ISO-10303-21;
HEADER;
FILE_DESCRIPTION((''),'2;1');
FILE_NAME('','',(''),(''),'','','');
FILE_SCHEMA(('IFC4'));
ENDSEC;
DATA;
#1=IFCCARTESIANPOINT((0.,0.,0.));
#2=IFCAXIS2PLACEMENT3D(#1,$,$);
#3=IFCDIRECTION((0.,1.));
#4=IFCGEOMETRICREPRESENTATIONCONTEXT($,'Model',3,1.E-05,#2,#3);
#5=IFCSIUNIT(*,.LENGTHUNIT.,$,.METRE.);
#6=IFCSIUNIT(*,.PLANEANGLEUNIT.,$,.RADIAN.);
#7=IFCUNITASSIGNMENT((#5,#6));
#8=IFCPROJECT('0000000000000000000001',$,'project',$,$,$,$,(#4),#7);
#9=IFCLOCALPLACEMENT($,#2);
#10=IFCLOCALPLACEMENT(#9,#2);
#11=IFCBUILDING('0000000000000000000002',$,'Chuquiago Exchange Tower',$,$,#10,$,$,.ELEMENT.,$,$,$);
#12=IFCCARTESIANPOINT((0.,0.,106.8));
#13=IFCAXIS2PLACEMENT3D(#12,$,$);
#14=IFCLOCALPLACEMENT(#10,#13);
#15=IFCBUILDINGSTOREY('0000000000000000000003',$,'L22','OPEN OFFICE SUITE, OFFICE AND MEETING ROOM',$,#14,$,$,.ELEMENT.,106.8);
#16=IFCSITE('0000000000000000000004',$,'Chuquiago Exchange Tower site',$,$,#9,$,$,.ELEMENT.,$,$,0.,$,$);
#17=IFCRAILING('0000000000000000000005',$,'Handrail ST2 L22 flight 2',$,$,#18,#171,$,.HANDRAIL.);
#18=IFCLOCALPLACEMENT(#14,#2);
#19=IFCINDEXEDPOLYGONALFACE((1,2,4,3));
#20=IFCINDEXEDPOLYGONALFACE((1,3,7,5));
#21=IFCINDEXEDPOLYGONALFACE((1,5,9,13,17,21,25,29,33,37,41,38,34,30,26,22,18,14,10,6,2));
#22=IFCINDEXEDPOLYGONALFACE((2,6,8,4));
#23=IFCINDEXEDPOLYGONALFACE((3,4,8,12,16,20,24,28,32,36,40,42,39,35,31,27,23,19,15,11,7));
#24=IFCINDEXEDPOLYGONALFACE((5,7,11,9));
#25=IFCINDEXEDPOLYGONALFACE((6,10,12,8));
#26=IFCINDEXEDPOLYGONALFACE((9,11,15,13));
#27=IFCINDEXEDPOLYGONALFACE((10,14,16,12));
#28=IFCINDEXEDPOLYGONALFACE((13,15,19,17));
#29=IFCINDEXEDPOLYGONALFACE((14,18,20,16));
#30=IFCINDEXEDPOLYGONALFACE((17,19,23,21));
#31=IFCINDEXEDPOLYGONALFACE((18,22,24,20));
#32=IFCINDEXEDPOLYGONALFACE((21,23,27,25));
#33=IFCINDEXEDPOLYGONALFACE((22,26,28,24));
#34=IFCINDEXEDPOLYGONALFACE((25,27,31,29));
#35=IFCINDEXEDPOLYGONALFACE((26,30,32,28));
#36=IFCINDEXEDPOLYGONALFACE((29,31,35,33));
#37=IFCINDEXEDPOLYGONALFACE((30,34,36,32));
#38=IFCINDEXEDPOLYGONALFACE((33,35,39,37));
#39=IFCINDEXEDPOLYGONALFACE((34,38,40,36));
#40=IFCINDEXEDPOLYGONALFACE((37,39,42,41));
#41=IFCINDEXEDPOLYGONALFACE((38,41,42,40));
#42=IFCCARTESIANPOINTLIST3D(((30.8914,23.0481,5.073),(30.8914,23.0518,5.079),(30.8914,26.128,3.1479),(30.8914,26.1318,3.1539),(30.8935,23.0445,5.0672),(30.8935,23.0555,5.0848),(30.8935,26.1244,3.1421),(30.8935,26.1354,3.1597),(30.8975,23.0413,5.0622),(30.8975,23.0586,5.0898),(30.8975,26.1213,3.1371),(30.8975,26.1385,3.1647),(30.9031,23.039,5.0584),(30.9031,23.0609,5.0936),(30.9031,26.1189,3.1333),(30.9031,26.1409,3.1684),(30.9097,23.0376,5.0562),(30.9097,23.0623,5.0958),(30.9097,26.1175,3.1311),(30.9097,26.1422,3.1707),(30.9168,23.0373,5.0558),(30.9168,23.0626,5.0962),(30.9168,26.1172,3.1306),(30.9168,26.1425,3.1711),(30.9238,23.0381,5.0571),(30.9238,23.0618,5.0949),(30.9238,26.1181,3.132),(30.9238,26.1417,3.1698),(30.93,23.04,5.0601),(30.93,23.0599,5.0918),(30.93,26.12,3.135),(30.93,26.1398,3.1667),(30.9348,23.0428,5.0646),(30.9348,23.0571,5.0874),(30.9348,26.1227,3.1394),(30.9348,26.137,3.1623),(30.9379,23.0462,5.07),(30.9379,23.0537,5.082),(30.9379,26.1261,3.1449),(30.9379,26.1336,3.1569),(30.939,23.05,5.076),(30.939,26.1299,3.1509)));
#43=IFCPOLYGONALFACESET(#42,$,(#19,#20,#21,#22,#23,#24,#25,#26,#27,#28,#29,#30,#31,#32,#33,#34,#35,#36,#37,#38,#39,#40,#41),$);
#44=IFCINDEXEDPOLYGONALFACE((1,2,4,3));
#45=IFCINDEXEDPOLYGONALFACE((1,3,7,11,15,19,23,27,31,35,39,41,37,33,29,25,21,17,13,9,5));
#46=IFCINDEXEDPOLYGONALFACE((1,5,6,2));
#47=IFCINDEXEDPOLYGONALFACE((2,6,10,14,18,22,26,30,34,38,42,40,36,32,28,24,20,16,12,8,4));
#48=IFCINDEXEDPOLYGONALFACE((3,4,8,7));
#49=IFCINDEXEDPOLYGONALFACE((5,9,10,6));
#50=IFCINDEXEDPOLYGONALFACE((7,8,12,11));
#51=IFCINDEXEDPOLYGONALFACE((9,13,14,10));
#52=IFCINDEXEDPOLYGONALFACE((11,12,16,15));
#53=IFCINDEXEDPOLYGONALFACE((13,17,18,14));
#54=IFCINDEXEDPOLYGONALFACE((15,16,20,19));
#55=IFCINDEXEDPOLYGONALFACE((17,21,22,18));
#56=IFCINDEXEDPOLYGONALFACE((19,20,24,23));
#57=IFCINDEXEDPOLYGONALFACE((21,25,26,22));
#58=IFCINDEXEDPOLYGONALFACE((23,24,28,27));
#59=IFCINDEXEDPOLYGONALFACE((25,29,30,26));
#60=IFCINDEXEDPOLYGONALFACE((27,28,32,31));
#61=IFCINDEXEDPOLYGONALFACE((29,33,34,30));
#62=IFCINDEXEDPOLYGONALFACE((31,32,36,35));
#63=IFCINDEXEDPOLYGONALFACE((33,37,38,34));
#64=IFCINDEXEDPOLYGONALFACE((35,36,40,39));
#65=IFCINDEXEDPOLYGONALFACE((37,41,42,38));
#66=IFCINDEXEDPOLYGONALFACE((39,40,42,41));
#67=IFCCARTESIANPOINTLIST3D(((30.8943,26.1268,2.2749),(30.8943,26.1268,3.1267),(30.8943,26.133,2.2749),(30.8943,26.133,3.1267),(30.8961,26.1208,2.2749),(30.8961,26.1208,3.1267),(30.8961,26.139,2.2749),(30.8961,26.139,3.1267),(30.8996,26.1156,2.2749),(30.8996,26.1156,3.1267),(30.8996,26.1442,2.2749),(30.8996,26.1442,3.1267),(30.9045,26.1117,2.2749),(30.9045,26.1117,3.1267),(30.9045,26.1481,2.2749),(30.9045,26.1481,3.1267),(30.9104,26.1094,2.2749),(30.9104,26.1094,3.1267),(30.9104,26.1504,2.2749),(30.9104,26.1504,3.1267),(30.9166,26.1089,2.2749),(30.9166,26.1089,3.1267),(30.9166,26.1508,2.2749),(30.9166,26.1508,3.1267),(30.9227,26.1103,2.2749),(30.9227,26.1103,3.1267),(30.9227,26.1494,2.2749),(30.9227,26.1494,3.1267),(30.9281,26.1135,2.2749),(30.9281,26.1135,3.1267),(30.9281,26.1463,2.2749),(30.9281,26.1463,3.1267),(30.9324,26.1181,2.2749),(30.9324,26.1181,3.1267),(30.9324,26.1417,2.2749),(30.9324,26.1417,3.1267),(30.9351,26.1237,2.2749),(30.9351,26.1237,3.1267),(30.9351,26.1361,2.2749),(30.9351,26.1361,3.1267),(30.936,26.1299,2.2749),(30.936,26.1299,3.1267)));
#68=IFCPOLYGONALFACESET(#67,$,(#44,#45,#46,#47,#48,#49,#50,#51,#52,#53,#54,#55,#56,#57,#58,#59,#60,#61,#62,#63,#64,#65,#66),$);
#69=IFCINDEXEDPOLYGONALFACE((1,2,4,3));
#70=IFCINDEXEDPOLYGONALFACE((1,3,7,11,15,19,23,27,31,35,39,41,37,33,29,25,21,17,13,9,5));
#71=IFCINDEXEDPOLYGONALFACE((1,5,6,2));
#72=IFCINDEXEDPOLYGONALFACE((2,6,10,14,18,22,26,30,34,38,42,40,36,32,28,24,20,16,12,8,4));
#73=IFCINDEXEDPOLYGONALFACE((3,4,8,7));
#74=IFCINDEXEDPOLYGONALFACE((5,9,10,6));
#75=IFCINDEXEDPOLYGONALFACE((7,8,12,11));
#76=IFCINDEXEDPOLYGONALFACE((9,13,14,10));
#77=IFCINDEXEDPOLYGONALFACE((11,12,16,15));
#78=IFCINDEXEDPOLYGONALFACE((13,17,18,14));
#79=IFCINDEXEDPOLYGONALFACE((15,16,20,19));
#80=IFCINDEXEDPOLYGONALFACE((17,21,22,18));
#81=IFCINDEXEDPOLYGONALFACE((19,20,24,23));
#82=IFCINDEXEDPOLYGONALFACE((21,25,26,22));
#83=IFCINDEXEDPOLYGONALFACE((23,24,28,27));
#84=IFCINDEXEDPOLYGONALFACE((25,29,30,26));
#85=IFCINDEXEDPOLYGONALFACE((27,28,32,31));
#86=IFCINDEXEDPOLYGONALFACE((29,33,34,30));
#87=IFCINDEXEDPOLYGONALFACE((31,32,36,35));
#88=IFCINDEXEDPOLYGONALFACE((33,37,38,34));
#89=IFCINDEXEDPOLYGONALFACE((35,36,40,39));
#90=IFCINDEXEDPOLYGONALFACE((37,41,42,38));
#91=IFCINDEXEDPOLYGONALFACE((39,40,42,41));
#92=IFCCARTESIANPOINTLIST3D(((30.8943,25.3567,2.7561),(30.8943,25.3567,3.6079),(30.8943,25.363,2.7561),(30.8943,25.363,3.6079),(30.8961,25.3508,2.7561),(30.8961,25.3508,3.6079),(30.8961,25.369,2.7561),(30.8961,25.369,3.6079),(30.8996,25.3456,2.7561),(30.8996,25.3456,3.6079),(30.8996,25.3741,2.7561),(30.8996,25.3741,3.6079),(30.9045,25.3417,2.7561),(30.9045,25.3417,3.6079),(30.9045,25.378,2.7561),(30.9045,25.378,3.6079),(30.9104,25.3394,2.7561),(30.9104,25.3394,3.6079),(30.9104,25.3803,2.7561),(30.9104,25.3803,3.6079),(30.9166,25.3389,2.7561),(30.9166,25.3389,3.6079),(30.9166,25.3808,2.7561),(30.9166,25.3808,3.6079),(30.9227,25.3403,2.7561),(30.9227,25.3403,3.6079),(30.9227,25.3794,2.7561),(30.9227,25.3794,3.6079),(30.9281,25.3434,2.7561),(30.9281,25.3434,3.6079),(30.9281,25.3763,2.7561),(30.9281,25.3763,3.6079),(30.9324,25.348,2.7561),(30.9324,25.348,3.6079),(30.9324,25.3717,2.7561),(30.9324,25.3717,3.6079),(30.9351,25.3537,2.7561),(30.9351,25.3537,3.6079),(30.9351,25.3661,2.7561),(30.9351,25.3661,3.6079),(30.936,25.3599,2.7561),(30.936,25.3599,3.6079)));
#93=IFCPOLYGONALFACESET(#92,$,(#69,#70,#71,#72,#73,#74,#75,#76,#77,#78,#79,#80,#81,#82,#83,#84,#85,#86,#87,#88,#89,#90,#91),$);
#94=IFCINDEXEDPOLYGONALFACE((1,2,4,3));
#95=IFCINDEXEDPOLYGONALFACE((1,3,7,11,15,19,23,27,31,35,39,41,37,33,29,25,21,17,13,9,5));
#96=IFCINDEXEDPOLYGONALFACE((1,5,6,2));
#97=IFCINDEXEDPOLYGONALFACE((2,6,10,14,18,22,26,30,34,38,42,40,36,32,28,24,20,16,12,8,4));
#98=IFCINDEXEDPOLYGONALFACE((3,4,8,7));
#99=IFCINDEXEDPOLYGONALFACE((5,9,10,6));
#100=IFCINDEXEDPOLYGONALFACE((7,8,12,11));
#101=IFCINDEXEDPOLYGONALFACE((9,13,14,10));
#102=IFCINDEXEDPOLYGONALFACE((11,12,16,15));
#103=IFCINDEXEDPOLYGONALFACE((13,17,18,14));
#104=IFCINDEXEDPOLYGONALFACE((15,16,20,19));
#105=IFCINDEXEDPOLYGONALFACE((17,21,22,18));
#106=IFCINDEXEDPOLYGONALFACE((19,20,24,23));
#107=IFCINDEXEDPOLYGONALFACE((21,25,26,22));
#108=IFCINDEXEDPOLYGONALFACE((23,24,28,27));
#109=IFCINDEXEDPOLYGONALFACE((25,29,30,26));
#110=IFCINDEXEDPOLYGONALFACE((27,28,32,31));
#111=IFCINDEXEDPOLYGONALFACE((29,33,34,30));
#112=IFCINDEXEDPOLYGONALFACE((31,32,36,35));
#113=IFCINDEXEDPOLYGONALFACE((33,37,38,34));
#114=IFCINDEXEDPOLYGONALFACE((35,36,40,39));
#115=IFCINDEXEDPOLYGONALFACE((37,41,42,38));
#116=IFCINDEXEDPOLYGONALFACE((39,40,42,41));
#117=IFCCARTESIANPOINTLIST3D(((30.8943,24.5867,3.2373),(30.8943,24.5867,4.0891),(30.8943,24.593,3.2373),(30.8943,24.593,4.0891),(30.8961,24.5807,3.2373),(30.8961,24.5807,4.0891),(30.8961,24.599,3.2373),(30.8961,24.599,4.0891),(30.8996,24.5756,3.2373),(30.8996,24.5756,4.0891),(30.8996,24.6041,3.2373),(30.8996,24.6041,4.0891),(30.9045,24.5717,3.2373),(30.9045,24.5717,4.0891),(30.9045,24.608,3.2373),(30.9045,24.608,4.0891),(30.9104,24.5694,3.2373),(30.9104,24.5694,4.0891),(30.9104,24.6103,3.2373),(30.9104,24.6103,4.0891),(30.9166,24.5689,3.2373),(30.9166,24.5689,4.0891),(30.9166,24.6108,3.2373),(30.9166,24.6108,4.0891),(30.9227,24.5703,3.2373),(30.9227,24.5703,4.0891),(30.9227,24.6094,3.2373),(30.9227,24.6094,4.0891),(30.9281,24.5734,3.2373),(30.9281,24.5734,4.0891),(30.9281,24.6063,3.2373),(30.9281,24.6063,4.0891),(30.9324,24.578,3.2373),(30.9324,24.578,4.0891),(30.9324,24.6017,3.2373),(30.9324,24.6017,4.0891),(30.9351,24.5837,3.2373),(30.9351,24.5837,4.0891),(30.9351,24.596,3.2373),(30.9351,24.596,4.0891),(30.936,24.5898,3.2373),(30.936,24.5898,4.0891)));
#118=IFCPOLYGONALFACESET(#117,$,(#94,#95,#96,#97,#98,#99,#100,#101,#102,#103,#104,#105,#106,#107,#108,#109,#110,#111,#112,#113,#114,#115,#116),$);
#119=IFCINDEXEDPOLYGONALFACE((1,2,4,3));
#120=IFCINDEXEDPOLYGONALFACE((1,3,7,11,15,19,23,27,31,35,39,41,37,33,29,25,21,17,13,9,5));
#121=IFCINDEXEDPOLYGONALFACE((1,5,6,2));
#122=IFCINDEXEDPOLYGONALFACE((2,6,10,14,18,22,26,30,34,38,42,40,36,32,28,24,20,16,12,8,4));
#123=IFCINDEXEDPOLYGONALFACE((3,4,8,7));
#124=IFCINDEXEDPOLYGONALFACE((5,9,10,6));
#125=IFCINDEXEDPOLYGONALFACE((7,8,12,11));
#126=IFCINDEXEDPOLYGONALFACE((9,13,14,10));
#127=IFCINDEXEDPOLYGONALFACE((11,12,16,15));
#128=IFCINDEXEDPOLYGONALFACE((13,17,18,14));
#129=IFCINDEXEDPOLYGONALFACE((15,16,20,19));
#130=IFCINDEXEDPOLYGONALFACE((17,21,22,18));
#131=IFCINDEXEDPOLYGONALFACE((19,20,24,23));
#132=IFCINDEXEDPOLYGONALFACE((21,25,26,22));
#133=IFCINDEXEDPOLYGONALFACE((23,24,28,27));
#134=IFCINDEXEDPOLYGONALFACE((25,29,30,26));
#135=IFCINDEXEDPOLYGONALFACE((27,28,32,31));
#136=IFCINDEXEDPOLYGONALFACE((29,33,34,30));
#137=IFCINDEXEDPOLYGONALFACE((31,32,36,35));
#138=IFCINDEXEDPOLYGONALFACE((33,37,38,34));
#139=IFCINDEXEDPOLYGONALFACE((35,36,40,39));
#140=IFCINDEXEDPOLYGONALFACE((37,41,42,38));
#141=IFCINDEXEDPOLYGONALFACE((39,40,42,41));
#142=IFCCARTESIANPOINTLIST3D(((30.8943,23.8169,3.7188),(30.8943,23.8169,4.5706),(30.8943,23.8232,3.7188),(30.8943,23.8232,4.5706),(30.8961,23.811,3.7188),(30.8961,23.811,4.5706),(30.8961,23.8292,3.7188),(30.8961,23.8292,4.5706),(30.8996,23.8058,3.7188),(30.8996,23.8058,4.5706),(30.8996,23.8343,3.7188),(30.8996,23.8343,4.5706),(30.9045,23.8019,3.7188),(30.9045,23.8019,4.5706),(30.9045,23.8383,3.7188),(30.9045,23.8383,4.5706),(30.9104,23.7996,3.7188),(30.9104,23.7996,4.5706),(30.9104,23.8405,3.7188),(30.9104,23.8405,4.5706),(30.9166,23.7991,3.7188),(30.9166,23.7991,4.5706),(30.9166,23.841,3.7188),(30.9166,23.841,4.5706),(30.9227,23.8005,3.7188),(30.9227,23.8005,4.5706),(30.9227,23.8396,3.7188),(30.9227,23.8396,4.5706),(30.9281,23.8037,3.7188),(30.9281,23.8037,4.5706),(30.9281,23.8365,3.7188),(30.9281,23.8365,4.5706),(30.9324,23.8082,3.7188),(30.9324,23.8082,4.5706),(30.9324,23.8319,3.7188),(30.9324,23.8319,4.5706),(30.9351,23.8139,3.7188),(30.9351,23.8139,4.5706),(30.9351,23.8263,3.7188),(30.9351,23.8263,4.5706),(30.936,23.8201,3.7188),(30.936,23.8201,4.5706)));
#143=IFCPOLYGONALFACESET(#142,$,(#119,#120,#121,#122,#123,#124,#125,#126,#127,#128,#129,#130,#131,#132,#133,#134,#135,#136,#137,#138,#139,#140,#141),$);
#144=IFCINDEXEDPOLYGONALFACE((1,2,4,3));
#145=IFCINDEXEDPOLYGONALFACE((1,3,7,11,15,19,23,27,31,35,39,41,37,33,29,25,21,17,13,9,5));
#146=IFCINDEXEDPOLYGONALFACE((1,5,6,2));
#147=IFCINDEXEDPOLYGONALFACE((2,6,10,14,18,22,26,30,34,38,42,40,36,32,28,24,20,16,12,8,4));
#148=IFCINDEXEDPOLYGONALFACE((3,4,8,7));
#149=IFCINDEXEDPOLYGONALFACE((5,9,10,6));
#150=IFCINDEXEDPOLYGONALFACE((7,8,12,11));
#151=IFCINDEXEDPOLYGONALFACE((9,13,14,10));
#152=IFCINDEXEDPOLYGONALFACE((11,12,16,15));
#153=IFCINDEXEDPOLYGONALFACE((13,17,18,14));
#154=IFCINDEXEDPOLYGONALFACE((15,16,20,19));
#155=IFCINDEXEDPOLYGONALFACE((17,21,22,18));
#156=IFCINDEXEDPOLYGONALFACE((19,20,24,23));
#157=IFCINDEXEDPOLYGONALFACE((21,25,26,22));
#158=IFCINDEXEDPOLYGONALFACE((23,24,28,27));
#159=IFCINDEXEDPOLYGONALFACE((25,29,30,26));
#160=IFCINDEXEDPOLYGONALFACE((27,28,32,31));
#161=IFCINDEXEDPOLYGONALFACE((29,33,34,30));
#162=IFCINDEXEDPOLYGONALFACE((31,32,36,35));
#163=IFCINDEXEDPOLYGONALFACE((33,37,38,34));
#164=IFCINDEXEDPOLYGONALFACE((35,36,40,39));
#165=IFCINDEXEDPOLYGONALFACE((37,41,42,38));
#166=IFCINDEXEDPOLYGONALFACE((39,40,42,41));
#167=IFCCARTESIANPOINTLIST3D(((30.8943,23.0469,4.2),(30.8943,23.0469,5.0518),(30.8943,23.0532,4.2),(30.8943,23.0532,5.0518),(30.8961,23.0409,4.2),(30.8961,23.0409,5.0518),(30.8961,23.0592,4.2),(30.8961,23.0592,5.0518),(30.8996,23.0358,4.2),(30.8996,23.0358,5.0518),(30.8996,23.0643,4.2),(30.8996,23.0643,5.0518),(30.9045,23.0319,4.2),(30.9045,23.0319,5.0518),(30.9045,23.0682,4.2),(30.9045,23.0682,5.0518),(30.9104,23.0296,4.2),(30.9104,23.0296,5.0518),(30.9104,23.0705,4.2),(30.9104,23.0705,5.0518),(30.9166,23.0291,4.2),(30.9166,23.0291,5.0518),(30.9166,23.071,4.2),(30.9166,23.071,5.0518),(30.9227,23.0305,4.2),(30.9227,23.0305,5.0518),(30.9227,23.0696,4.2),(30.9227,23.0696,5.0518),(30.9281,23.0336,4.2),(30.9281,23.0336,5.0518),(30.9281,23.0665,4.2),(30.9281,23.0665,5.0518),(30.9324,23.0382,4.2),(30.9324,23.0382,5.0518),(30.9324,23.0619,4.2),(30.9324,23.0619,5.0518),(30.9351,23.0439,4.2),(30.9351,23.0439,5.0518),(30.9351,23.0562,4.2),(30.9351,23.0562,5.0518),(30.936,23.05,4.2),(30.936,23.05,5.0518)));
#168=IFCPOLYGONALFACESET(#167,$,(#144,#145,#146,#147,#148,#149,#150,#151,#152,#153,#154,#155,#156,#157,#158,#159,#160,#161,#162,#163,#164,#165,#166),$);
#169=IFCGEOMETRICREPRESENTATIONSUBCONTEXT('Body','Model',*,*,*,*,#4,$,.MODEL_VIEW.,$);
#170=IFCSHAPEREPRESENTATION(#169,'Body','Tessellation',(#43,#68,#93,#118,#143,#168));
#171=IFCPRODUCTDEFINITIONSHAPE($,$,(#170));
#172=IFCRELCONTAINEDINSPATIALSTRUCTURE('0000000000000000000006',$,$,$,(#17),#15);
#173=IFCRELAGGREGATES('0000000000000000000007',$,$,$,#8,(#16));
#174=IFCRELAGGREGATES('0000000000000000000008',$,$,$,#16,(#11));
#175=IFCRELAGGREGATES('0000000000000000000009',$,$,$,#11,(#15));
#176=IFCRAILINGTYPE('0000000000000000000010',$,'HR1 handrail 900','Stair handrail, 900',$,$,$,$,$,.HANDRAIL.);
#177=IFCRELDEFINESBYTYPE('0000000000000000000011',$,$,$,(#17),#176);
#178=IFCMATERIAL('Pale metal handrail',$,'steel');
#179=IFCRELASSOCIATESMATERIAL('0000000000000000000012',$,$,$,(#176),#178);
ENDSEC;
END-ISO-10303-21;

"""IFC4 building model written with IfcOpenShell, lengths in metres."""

from ifc_helpers import new_model, si_unit, direction, frame, origin, origin_2d, place, context, subcontext, project, spatial, circle, extrude, material, type_object, element, save


model = new_model("IFC4")

# Units and contexts
model_context = context("Model", 3, precision=1e-05, world=origin(), true_north=direction((0.0, 1.0)))
body_context = subcontext(model_context, "Body", "Model", "MODEL_VIEW")
ifc_project = project(units=[si_unit("LENGTHUNIT", "METRE"), si_unit("PLANEANGLEUNIT", "RADIAN")], contexts=[model_context])

# Site, building, storey
site_placement = place(None, origin())
site = spatial("IfcSite", under=ifc_project, at=site_placement, Name="Chuquiago Exchange Tower site", CompositionType="ELEMENT", RefElevation=0.0)
building_placement = place(site_placement, origin())
building = spatial("IfcBuilding", under=site, at=building_placement, Name="Chuquiago Exchange Tower", CompositionType="ELEMENT")
storey_placement = place(building_placement, frame((0.0, 0.0, 106.8)))
storey = spatial("IfcBuildingStorey", under=building, at=storey_placement, Name="L22", Description="OPEN OFFICE SUITE, OFFICE AND MEETING ROOM", CompositionType="ELEMENT", Elevation=106.8)

# Railing
ifc_material_1 = material(Name="Pale metal handrail", Category="steel")
railing_type_1 = type_object("IfcRailingType", Name="HR1 handrail 900", Description="Stair handrail, 900", PredefinedType="HANDRAIL", material=ifc_material_1)
for number, where, name in (
    (1, (30.915, 26.1299, 2.2749), "Handrail ST2 L22 flight 2"),
):
    element("IfcRailing", number, at=place(storey_placement, frame(where)), inside=storey, type_object=railing_type_1, Name=name, PredefinedType="HANDRAIL", context=body_context, shape_type="SweptSolid", body=[
        extrude(circle(Radius=0.0239, at=origin_2d()), frame((0.0, 0.0, 0.876), z_axis=(0.0, -0.847979, 0.530029), x_axis=(1.0, 0.0, 0.0)), (0.0, 0.0, 1.0), 3.6321),
        extrude(circle(Radius=0.021, at=origin_2d()), origin(), (0.0, 0.0, 1.0), 0.8518),
        extrude(circle(Radius=0.021, at=origin_2d()), frame((0.0, -0.77, 0.4812)), (0.0, 0.0, 1.0), 0.8518),
        extrude(circle(Radius=0.021, at=origin_2d()), frame((0.0, -1.54, 0.9624)), (0.0, 0.0, 1.0), 0.8518),
        extrude(circle(Radius=0.021, at=origin_2d()), frame((0.0, -2.3098, 1.4438)), (0.0, 0.0, 1.0), 0.8518),
        extrude(circle(Radius=0.021, at=origin_2d()), frame((0.0, -3.0798, 1.925)), (0.0, 0.0, 1.0), 0.8518),
    ])

save(model, "model.ifc")
